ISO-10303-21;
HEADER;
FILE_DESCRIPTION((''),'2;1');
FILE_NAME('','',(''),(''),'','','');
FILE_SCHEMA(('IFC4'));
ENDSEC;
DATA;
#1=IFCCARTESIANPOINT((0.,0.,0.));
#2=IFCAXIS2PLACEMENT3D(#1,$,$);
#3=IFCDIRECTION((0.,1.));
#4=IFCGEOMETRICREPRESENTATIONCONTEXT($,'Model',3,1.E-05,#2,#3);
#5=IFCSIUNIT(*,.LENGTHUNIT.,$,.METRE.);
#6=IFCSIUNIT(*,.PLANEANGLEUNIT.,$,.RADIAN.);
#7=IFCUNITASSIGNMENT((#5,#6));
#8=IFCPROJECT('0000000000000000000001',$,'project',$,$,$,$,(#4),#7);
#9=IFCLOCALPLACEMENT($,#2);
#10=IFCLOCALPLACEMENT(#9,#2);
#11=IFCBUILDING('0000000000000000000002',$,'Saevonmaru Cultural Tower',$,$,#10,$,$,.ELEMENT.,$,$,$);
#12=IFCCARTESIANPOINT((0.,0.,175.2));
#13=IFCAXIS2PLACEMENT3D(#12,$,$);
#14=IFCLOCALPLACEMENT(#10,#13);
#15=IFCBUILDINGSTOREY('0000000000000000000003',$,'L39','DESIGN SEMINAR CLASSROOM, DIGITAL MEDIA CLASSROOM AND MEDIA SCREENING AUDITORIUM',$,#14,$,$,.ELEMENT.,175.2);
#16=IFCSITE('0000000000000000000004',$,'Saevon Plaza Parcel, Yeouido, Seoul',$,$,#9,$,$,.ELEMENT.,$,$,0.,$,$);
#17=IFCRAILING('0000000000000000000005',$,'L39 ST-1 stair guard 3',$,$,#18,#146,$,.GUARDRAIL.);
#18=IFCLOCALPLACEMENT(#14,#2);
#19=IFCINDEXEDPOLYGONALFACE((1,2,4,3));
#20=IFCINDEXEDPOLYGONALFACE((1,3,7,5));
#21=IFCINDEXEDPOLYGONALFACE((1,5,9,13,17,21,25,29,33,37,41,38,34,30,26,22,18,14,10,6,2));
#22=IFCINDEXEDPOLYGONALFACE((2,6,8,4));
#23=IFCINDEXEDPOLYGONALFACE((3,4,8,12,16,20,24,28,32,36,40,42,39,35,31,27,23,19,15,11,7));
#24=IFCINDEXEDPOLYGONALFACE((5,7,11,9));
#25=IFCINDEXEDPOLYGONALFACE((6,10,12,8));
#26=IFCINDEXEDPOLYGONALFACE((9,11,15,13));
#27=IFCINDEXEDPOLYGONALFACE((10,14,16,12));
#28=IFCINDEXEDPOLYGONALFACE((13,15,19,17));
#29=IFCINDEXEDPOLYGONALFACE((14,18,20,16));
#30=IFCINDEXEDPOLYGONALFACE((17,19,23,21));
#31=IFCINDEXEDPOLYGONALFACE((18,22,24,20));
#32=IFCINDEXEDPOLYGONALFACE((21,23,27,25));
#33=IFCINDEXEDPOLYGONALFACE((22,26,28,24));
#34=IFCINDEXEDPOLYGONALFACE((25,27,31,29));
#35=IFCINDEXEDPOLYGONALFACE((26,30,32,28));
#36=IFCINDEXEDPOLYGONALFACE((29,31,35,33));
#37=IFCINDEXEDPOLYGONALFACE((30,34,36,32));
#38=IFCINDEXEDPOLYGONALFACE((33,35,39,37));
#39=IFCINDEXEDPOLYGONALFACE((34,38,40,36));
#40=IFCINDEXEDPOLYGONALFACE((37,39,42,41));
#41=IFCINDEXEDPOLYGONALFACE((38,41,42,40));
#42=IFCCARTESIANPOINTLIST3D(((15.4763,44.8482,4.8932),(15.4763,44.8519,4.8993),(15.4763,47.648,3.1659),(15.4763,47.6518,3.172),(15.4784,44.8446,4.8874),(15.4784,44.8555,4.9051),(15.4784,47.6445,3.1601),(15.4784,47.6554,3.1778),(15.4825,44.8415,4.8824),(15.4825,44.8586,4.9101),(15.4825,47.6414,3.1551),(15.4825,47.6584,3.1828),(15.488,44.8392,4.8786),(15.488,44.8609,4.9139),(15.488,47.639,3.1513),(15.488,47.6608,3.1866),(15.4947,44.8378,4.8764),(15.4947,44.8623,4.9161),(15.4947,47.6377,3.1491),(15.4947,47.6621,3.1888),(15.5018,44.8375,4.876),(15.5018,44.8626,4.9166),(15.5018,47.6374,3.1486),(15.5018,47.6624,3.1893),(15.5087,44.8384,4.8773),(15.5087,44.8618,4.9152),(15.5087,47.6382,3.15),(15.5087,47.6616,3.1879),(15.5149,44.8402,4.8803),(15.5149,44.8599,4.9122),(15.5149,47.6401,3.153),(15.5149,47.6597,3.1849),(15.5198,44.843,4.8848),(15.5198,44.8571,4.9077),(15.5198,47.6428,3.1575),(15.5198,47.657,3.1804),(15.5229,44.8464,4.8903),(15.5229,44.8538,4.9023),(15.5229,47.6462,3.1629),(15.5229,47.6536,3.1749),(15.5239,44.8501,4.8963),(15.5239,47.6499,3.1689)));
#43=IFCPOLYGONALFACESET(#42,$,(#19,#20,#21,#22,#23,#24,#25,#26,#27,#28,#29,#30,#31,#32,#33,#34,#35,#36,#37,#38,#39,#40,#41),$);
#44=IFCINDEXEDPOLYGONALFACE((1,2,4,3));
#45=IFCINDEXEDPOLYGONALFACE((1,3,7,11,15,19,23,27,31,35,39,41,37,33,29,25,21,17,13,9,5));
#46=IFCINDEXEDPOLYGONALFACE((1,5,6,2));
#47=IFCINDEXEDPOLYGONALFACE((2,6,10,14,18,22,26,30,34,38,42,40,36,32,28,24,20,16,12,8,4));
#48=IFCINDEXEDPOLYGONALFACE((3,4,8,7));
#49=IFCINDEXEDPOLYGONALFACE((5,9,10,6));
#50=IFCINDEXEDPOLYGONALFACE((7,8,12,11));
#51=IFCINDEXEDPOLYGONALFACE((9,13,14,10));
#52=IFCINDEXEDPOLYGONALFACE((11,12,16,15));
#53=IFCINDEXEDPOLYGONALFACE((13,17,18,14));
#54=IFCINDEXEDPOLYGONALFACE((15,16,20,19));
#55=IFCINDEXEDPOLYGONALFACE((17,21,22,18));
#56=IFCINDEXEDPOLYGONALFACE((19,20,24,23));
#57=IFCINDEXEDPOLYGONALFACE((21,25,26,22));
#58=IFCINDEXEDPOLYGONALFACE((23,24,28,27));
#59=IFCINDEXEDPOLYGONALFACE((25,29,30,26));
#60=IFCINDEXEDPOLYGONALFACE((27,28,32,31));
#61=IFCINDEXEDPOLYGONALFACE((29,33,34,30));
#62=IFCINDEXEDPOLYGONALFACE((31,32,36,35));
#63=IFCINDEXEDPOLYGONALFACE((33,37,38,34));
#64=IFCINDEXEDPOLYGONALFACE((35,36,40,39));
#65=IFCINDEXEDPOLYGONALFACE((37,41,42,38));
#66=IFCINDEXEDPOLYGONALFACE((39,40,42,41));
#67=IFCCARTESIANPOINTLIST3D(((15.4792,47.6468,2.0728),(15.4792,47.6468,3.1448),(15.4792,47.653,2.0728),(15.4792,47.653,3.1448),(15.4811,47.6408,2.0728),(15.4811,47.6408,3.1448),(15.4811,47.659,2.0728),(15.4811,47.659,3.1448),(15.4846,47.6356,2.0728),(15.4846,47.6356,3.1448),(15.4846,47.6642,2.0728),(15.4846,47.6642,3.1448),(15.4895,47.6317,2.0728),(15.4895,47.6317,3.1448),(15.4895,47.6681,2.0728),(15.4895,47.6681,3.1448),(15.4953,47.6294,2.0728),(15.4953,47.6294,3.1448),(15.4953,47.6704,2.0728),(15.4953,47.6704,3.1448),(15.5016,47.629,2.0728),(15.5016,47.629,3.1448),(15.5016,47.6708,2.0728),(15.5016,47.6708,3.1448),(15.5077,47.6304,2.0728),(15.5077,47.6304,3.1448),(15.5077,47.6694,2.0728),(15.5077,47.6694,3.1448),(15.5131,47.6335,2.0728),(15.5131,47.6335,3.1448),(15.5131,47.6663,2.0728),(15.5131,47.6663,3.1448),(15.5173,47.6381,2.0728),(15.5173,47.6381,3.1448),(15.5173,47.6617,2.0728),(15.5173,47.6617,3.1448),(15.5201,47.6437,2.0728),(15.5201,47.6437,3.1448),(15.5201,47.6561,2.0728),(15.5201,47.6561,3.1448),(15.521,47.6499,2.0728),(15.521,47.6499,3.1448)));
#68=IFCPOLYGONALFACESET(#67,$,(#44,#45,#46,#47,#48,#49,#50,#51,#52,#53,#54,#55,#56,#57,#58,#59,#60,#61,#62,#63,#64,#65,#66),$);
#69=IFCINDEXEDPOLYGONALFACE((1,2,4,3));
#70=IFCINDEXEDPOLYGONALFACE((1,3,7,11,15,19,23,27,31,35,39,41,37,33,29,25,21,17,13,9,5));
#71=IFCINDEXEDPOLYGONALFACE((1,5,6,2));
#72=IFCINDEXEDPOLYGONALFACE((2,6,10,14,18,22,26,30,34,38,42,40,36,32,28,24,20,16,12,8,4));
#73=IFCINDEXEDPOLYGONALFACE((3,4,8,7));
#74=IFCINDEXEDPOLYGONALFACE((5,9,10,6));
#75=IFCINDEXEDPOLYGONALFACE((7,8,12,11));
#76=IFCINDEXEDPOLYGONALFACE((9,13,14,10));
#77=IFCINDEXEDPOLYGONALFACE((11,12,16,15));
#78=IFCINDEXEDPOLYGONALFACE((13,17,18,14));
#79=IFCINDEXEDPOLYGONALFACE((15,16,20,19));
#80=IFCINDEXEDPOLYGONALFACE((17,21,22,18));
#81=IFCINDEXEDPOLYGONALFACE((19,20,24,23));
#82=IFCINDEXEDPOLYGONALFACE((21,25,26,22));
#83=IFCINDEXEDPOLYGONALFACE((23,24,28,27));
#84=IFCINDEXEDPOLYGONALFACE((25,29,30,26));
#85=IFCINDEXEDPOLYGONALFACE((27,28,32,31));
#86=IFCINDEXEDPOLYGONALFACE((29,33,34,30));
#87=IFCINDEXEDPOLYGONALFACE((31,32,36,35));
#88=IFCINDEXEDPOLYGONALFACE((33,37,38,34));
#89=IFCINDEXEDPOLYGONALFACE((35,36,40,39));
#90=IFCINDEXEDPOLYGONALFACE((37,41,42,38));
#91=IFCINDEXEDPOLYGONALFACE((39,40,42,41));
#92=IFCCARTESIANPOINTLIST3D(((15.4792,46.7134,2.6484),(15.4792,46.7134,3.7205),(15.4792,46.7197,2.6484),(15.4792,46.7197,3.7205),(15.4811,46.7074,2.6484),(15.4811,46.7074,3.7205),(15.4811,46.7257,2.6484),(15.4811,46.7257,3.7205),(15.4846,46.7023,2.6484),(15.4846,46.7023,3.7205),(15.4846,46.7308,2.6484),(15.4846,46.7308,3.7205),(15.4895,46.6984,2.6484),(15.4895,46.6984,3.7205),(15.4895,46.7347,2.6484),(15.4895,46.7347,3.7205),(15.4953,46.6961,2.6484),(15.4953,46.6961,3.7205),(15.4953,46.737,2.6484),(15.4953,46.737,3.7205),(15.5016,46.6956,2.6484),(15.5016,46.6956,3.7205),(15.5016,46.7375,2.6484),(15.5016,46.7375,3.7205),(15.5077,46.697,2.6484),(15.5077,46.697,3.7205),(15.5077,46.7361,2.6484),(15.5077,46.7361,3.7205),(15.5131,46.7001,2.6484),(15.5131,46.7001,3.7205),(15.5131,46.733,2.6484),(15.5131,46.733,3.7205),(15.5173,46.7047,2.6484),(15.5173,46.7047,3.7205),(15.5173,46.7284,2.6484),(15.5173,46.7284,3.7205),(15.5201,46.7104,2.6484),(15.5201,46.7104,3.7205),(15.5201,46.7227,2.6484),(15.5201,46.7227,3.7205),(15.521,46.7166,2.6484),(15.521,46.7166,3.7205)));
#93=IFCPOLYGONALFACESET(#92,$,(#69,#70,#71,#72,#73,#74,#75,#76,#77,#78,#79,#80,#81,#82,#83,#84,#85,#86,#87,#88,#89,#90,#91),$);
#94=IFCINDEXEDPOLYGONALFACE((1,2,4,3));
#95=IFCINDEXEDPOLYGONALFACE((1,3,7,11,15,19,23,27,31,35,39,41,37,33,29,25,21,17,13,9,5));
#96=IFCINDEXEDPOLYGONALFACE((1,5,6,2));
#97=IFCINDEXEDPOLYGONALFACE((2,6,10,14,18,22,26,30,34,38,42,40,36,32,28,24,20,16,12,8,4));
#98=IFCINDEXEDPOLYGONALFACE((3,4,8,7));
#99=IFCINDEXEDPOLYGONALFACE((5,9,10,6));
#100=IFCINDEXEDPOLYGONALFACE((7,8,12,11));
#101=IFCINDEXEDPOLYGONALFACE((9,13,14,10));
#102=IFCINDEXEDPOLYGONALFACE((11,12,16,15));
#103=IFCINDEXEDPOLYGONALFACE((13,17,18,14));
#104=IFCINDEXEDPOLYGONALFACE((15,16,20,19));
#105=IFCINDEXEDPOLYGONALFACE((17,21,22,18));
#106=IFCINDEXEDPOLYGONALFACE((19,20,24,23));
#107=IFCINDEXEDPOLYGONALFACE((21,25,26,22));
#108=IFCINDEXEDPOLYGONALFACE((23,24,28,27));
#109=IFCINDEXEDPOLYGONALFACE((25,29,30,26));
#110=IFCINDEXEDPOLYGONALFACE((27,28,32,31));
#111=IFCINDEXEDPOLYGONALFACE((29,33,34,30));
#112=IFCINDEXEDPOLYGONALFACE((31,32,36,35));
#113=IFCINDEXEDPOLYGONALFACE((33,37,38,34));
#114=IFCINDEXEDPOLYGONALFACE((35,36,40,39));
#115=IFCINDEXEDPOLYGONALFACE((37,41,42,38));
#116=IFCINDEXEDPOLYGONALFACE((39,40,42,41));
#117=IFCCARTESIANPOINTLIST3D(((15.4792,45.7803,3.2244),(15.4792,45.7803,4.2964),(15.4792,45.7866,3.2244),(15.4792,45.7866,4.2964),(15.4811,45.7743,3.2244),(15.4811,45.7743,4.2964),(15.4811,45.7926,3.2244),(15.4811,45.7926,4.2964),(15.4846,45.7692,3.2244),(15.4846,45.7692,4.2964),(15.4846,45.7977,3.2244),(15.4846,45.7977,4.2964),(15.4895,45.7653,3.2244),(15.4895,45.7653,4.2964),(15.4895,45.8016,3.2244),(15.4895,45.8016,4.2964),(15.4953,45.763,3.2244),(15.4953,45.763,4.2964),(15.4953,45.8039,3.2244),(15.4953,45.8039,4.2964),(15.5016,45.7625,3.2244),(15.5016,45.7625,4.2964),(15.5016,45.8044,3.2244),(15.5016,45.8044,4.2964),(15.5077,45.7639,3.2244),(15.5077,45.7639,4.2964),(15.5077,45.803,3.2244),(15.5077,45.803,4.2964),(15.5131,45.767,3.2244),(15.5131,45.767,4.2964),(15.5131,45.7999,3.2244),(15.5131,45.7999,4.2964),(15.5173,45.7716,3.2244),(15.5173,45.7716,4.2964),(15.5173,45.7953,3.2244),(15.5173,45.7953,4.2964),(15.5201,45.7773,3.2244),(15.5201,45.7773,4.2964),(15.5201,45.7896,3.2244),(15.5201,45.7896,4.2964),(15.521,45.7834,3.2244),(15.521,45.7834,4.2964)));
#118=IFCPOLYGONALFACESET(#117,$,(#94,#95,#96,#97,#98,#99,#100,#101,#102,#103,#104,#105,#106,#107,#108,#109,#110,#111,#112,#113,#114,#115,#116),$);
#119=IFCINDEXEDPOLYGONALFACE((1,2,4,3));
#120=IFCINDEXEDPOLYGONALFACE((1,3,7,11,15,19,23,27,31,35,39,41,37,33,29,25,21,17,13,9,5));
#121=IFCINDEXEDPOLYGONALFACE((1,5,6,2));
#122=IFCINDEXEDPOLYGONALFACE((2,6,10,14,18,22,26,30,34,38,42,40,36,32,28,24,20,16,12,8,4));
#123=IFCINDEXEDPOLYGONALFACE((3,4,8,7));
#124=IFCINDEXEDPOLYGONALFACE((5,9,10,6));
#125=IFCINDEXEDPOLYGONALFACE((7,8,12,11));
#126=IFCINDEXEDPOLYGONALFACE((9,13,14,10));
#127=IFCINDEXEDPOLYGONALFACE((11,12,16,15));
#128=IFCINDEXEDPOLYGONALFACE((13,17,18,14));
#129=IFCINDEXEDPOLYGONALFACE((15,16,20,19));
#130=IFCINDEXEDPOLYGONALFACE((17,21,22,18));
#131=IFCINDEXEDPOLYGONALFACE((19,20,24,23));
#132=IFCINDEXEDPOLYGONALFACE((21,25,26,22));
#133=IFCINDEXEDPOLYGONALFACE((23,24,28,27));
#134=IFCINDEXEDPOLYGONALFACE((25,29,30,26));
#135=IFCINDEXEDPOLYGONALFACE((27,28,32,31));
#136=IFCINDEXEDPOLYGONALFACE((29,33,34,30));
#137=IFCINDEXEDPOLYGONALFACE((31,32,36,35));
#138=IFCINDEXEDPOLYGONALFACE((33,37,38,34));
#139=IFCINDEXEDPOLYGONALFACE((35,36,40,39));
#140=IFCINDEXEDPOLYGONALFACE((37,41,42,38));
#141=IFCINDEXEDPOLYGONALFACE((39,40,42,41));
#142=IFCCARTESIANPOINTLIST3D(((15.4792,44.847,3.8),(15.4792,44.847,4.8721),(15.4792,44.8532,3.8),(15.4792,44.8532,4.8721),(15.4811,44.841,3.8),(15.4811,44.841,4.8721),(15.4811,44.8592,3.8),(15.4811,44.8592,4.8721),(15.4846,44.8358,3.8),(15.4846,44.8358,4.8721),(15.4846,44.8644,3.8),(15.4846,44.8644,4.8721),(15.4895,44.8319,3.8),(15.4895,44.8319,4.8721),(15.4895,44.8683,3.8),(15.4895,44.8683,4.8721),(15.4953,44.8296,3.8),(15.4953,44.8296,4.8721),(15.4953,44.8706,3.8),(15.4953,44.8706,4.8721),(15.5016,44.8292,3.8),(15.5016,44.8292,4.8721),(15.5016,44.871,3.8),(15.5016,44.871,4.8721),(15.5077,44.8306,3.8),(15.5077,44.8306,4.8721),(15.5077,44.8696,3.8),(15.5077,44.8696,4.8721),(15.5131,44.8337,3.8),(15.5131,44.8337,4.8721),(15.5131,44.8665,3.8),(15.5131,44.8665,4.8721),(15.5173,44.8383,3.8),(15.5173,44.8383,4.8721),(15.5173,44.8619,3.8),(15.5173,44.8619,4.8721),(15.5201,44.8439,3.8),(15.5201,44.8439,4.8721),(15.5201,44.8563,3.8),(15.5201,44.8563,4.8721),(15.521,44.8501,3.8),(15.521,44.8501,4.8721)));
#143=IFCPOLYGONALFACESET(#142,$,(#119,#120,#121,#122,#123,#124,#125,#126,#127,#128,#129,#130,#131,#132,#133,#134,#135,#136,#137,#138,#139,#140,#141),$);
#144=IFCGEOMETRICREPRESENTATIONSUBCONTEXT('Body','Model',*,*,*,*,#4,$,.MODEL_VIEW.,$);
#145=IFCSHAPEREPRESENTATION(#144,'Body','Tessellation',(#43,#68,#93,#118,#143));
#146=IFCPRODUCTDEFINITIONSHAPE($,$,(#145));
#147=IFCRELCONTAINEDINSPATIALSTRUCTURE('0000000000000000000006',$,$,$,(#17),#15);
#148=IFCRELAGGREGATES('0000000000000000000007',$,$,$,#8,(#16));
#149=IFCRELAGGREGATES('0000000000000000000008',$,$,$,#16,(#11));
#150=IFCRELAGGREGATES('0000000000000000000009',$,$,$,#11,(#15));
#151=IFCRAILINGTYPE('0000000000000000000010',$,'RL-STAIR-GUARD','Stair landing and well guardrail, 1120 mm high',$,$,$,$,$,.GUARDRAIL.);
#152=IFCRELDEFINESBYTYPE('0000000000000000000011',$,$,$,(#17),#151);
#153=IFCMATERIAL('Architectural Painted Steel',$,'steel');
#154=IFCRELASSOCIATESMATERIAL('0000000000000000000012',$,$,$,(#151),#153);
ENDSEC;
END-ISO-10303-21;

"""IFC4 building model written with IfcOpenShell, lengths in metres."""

from ifc_helpers import new_model, si_unit, direction, frame, origin, origin_2d, place, context, subcontext, project, spatial, circle, extrude, material, type_object, element, save


model = new_model("IFC4")

# Units and contexts
model_context = context("Model", 3, precision=1e-05, world=origin(), true_north=direction((0.0, 1.0)))
body_context = subcontext(model_context, "Body", "Model", "MODEL_VIEW")
ifc_project = project(units=[si_unit("LENGTHUNIT", "METRE"), si_unit("PLANEANGLEUNIT", "RADIAN")], contexts=[model_context])

# Site, building, storey
site_placement = place(None, origin())
site = spatial("IfcSite", under=ifc_project, at=site_placement, Name="Saevon Plaza Parcel, Yeouido, Seoul", CompositionType="ELEMENT", RefElevation=0.0)
building_placement = place(site_placement, origin())
building = spatial("IfcBuilding", under=site, at=building_placement, Name="Saevonmaru Cultural Tower", CompositionType="ELEMENT")
storey_placement = place(building_placement, frame((0.0, 0.0, 175.2)))
storey = spatial("IfcBuildingStorey", under=building, at=storey_placement, Name="L39", Description="DESIGN SEMINAR CLASSROOM, DIGITAL MEDIA CLASSROOM AND MEDIA SCREENING AUDITORIUM", CompositionType="ELEMENT", Elevation=175.2)

# Railing
ifc_material_1 = material(Name="Architectural Painted Steel", Category="steel")
railing_type_1 = type_object("IfcRailingType", Name="RL-STAIR-GUARD", Description="Stair landing and well guardrail, 1120 mm high", PredefinedType="GUARDRAIL", material=ifc_material_1)
railing_1_placement = place(storey_placement, frame((15.5, 47.6499, 2.0728)))
element("IfcRailing", 1, at=railing_1_placement, inside=storey, type_object=railing_type_1, Name="L39 ST-1 stair guard 3", PredefinedType="GUARDRAIL", context=body_context, shape_type="SweptSolid", body=[
    extrude(circle(Radius=0.0239, at=origin_2d()), frame((0.0, 0.0, 1.0962), z_axis=(0.0, -0.851069, 0.525054), x_axis=(1.0, 0.0, 0.0)), (0.0, 0.0, 1.0), 3.2898),
    extrude(circle(Radius=0.021, at=origin_2d()), origin(), (0.0, 0.0, 1.0), 1.072),
    extrude(circle(Radius=0.021, at=origin_2d()), frame((0.0, -0.9333, 0.5757)), (0.0, 0.0, 1.0), 1.072),
    extrude(circle(Radius=0.021, at=origin_2d()), frame((0.0, -1.8665, 1.1516)), (0.0, 0.0, 1.0), 1.072),
    extrude(circle(Radius=0.021, at=origin_2d()), frame((0.0, -2.7998, 1.7273)), (0.0, 0.0, 1.0), 1.072),
])

save(model, "model.ifc")
